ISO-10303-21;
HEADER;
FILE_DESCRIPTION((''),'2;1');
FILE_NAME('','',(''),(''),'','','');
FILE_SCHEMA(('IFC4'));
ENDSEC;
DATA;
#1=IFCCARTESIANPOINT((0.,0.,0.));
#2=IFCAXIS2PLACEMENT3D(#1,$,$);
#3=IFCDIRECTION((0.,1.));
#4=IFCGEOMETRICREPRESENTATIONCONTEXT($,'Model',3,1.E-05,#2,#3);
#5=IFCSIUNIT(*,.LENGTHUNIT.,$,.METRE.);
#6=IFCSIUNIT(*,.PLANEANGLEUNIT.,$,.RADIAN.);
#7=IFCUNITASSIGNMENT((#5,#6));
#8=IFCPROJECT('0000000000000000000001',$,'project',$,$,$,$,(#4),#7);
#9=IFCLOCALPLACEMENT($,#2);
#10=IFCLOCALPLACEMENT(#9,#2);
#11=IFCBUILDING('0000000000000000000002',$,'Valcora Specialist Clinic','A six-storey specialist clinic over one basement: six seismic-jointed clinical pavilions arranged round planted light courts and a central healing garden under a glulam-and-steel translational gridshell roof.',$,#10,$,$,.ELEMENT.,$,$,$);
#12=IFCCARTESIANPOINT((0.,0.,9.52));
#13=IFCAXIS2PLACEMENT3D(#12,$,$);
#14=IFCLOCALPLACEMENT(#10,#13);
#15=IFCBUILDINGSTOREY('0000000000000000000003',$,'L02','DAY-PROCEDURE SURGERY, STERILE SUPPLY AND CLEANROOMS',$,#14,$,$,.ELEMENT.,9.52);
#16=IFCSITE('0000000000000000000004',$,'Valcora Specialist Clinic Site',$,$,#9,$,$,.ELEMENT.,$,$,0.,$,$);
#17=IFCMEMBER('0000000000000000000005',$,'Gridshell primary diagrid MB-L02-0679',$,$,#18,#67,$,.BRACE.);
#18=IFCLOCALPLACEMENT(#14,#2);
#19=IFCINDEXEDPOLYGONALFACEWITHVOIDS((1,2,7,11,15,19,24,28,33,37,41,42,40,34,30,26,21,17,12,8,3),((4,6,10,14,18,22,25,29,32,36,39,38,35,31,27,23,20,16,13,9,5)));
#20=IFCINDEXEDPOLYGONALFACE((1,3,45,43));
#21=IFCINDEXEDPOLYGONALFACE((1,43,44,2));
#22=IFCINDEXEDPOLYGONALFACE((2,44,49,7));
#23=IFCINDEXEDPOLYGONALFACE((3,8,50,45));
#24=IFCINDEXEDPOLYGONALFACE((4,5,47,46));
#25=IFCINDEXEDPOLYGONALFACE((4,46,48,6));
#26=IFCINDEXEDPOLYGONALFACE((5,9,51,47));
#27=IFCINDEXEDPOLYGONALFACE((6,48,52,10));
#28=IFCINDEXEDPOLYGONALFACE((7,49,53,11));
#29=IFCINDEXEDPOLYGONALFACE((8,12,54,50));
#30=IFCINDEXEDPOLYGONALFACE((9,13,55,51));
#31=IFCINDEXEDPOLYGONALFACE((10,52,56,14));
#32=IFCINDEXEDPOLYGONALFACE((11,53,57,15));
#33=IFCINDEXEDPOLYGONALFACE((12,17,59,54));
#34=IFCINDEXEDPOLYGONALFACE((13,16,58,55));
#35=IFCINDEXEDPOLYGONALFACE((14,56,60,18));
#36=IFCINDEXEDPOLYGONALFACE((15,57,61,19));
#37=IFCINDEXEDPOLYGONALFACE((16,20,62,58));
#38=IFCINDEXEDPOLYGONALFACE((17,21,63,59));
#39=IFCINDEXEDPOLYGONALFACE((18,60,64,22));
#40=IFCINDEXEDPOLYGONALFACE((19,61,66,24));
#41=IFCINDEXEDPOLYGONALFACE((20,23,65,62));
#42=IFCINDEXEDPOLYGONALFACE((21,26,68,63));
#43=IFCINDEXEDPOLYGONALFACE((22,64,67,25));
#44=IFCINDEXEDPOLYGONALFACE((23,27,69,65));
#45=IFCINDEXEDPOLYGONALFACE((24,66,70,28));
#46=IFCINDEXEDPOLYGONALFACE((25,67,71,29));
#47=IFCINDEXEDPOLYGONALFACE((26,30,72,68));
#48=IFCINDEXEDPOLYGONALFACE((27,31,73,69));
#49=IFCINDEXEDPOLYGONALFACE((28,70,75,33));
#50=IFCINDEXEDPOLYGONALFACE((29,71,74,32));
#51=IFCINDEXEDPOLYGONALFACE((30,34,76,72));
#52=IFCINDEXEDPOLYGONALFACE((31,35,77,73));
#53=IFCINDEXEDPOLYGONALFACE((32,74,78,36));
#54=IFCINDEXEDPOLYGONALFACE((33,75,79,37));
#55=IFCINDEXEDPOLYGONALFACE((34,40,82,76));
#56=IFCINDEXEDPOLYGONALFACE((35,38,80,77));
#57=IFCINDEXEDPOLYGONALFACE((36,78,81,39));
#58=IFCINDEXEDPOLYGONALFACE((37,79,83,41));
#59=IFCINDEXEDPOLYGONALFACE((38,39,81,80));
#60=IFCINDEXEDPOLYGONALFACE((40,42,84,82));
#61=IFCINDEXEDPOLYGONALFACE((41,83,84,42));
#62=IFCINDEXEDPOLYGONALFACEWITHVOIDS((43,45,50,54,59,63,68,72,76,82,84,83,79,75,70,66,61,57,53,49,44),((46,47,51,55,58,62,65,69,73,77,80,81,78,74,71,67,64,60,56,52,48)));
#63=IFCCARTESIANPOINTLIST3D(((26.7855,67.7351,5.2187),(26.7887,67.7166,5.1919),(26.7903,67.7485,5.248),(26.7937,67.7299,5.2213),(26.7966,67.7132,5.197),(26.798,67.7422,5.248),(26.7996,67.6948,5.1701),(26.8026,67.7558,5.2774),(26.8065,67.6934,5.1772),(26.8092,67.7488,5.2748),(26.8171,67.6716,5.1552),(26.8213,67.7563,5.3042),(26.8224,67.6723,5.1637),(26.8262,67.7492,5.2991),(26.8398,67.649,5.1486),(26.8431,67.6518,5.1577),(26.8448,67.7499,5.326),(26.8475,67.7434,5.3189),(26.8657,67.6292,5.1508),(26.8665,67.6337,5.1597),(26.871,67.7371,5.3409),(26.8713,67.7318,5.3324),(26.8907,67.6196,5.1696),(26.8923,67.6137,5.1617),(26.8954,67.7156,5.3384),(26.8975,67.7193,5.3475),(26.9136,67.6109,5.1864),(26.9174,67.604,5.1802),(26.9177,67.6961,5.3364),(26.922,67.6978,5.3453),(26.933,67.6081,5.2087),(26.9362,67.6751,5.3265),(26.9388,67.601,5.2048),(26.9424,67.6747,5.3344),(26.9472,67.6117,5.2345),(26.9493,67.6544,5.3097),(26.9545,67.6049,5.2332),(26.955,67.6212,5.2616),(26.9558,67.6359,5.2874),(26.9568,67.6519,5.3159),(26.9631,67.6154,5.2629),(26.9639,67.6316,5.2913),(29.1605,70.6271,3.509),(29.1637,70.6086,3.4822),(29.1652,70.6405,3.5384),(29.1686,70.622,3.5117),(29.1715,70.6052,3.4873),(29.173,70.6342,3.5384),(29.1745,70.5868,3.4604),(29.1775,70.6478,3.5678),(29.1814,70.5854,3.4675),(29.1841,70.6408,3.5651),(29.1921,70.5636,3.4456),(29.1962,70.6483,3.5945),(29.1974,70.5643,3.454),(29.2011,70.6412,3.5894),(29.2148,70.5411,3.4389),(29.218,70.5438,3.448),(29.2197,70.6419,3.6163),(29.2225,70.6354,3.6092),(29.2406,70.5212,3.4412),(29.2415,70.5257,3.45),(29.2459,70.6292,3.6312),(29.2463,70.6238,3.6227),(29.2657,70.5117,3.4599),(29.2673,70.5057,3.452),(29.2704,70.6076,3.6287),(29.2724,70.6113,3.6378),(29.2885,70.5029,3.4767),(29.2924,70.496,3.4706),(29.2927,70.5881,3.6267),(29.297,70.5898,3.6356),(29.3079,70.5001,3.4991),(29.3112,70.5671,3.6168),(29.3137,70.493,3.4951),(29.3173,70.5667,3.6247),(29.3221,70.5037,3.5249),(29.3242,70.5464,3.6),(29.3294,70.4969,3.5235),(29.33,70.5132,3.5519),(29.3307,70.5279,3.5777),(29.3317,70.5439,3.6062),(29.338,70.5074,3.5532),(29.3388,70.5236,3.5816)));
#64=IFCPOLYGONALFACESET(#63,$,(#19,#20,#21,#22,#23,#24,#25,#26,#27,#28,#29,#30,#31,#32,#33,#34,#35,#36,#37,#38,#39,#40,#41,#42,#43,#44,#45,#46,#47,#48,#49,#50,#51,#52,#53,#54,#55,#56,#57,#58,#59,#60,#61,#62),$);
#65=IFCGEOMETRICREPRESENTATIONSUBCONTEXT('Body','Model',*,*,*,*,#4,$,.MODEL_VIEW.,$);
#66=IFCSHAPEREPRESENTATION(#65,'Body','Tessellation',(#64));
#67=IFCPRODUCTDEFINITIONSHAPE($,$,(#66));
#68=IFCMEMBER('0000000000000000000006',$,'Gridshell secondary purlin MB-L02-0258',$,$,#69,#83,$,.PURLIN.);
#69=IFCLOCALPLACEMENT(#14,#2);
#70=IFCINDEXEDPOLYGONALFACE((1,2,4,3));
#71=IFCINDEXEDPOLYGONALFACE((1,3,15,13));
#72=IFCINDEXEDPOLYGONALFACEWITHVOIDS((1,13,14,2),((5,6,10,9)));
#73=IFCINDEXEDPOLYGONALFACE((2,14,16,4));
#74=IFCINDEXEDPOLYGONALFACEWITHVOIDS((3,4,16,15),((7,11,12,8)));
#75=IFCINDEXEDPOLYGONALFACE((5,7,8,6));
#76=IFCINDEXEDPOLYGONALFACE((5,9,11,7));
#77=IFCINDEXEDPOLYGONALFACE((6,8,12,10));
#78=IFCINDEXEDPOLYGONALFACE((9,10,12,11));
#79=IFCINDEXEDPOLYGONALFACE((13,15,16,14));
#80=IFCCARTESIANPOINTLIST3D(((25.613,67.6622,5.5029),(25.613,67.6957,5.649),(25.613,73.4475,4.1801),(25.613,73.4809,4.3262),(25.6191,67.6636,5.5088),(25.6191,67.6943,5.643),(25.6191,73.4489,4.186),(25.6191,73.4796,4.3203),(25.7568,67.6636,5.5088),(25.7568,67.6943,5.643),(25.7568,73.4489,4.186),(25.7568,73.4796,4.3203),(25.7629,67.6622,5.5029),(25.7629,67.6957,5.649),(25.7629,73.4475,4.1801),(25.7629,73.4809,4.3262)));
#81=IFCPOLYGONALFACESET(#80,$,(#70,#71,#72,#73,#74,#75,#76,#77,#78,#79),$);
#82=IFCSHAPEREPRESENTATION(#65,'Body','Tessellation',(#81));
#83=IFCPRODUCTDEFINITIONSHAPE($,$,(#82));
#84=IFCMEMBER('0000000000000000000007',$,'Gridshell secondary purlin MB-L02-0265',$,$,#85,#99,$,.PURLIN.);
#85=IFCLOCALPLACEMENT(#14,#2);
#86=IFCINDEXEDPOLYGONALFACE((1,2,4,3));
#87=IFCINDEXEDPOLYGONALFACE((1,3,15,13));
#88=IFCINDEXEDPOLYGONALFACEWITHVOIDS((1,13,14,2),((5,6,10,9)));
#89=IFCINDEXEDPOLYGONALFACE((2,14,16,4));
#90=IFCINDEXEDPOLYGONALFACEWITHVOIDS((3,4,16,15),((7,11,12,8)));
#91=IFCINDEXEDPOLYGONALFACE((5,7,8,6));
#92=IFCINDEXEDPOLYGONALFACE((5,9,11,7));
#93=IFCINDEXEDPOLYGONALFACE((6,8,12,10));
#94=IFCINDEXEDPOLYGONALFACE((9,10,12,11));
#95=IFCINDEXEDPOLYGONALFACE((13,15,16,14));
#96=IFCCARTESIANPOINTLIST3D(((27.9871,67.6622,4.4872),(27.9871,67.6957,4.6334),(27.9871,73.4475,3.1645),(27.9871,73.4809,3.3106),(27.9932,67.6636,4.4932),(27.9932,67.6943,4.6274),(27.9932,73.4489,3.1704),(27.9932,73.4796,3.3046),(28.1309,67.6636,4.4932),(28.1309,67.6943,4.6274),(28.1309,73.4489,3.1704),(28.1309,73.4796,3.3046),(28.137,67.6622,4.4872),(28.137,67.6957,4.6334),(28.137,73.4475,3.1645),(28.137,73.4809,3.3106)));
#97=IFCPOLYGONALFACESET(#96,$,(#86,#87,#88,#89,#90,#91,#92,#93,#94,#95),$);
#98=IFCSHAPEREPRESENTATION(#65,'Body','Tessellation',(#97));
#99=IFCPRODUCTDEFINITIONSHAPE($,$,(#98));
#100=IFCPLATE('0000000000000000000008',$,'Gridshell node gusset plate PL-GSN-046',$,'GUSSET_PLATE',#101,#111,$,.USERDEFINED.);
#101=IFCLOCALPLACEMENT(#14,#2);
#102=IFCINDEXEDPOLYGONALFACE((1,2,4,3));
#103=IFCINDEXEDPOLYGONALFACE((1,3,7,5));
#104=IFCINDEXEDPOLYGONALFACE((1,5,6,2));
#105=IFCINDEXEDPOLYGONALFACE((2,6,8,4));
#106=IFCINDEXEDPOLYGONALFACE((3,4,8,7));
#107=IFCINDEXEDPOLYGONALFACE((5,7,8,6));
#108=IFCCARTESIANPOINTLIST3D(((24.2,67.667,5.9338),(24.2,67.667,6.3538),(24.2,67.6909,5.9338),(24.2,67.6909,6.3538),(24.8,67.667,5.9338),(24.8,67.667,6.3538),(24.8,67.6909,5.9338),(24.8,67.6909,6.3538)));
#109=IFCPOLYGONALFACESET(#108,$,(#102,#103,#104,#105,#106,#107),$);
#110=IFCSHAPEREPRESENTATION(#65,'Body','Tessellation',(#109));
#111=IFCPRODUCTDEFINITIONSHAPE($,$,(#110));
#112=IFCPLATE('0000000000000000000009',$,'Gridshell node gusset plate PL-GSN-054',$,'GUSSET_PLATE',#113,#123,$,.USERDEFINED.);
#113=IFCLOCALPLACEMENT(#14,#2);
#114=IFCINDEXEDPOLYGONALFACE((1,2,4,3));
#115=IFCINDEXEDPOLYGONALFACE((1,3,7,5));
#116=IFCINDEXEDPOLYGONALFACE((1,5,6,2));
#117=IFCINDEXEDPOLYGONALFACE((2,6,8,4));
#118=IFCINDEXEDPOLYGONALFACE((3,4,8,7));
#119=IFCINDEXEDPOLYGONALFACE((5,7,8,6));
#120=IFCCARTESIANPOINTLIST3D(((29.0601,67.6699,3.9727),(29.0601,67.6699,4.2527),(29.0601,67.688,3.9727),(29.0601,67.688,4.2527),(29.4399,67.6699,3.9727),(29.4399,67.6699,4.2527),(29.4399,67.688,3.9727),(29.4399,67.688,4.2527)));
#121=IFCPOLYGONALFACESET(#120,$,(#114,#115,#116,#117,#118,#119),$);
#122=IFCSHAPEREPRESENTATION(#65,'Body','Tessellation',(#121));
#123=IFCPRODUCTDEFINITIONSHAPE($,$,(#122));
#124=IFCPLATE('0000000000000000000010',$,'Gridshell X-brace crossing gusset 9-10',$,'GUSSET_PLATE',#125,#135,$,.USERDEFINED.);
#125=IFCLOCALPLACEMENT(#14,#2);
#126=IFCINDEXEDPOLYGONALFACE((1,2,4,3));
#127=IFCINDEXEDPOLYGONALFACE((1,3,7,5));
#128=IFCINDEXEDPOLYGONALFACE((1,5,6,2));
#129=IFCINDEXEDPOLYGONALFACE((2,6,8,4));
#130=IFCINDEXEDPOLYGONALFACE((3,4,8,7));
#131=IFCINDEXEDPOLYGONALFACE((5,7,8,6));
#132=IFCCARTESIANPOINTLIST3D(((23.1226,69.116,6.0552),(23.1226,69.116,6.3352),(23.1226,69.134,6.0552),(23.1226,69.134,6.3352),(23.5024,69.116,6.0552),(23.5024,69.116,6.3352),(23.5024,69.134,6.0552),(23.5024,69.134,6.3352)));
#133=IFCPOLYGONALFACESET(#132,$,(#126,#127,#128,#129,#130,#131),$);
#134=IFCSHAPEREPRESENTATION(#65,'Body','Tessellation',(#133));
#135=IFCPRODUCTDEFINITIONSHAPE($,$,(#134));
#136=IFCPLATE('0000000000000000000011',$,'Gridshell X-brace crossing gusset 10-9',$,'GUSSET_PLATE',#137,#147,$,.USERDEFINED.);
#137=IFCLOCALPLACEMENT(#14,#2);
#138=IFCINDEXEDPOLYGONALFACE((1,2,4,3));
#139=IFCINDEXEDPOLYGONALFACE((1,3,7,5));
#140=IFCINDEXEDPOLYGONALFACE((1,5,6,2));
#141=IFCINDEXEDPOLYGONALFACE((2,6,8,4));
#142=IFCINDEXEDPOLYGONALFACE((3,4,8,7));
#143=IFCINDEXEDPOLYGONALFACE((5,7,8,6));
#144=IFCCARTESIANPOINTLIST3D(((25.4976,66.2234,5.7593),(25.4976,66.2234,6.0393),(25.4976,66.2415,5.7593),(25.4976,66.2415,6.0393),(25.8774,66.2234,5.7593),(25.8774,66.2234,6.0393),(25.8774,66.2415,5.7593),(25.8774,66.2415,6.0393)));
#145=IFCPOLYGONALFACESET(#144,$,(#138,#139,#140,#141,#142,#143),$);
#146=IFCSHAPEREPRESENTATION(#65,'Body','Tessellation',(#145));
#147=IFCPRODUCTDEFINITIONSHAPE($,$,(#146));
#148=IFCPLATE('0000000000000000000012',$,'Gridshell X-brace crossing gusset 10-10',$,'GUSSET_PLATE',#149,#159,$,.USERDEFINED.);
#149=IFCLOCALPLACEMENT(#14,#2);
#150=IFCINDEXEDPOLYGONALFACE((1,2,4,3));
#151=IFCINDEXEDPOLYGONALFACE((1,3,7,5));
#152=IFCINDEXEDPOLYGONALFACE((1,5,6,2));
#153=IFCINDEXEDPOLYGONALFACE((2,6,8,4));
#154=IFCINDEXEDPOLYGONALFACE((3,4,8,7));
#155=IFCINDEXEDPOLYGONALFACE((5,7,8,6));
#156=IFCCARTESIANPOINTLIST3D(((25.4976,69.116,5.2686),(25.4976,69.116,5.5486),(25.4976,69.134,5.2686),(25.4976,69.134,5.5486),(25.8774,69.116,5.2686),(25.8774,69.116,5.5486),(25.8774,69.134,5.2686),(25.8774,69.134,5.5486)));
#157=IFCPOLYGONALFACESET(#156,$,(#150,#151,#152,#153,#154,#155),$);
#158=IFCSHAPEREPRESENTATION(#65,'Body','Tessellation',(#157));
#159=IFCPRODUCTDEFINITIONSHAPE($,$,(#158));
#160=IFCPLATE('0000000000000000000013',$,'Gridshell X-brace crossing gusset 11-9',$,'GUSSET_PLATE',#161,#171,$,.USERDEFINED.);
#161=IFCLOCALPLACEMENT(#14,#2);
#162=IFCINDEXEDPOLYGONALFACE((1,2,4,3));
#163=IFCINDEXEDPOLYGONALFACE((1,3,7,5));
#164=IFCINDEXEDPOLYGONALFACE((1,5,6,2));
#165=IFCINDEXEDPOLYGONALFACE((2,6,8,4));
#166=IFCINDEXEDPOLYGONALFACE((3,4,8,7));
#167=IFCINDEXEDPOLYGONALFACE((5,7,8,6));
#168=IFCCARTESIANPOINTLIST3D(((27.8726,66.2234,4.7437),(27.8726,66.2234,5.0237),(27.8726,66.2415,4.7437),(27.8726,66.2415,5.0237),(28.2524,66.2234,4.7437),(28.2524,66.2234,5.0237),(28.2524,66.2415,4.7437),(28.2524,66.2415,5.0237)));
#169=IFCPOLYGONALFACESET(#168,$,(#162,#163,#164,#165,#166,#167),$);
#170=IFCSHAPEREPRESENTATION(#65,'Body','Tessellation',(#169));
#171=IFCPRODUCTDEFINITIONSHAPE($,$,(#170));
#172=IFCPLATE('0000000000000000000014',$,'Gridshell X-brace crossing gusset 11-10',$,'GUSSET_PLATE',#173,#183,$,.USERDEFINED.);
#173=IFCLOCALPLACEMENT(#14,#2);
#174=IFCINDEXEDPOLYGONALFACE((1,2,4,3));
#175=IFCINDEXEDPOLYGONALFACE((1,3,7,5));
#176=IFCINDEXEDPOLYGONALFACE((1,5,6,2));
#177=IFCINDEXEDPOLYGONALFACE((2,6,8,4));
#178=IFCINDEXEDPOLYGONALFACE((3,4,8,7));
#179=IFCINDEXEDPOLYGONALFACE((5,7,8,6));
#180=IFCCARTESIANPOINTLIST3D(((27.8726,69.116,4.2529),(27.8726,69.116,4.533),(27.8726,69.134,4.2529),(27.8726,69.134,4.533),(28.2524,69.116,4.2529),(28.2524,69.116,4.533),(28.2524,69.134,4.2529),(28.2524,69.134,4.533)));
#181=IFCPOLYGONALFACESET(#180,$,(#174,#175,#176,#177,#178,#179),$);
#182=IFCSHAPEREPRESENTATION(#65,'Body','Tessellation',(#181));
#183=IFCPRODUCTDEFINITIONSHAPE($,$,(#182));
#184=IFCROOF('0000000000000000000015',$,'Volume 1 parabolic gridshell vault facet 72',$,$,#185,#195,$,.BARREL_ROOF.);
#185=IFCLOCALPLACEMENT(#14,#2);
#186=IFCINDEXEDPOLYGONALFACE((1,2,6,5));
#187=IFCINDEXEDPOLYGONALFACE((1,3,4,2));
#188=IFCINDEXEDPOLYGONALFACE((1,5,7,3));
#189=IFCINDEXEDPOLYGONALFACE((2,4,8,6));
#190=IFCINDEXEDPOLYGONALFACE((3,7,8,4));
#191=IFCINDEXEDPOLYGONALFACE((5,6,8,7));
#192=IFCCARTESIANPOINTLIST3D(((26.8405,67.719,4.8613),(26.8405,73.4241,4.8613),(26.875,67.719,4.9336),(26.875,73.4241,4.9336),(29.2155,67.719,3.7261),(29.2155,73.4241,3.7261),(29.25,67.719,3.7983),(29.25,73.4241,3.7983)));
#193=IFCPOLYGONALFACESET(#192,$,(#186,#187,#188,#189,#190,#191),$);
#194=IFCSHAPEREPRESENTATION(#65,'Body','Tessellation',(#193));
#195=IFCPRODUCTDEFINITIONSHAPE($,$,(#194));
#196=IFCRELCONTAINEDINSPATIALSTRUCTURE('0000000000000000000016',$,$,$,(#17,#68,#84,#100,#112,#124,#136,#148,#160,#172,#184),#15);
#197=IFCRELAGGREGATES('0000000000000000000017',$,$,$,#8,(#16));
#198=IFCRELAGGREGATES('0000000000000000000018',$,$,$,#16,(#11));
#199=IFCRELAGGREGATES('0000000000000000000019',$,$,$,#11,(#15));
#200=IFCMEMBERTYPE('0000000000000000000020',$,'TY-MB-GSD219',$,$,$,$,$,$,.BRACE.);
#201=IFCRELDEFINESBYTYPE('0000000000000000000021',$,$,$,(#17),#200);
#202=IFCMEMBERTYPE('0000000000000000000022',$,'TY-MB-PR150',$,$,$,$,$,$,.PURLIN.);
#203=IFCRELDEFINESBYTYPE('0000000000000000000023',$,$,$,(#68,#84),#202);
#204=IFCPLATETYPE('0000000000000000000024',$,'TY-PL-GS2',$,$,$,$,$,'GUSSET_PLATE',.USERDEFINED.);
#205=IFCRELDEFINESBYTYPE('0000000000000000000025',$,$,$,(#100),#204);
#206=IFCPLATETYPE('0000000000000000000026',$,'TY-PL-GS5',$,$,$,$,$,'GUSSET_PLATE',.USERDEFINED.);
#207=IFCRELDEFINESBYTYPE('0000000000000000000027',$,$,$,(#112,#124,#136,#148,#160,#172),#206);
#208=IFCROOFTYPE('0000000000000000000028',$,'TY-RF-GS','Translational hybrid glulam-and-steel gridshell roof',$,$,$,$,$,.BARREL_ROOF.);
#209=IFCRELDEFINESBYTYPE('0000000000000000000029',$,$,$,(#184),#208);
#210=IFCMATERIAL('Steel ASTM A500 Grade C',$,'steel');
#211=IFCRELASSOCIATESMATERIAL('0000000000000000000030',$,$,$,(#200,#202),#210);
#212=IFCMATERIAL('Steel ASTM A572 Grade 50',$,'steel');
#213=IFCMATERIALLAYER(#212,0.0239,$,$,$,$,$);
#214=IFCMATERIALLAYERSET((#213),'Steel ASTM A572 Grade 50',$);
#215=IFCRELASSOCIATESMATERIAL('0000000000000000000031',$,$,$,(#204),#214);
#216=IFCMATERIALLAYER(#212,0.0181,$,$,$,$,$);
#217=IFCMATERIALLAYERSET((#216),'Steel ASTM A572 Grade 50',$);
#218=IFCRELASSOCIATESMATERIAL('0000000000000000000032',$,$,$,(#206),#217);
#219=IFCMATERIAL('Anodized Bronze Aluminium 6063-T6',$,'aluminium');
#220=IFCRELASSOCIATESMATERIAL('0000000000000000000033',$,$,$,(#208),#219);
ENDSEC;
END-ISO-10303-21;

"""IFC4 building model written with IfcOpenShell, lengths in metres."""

from ifc_helpers import new_model, si_unit, direction, frame, origin, origin_2d, place, context, subcontext, project, spatial, polyline, rectangle, hollow_rectangle, hollow_circle, outline, extrude, material, layer, layer_set, material_profile, profile_set, type_object, element, save


model = new_model("IFC4")

# Units and contexts
model_context = context("Model", 3, precision=1e-05, world=origin(), true_north=direction((0.0, 1.0)))
body_context = subcontext(model_context, "Body", "Model", "MODEL_VIEW")
ifc_project = project(units=[si_unit("LENGTHUNIT", "METRE"), si_unit("PLANEANGLEUNIT", "RADIAN")], contexts=[model_context])

# Site, building, storey
site_placement = place(None, origin())
site = spatial("IfcSite", under=ifc_project, at=site_placement, Name="Valcora Specialist Clinic Site", CompositionType="ELEMENT", RefElevation=0.0)
building_placement = place(site_placement, origin())
building = spatial("IfcBuilding", under=site, at=building_placement, Name="Valcora Specialist Clinic", Description="A six-storey specialist clinic over one basement: six seismic-jointed clinical pavilions arranged round planted light courts and a central healing garden under a glulam-and-steel translational gridshell roof.", CompositionType="ELEMENT")
storey_placement = place(building_placement, frame((0.0, 0.0, 9.52)))
storey = spatial("IfcBuildingStorey", under=building, at=storey_placement, Name="L02", Description="DAY-PROCEDURE SURGERY, STERILE SUPPLY AND CLEANROOMS", CompositionType="ELEMENT", Elevation=9.52)

# Members
ifc_material_1 = material(Name="Steel ASTM A500 Grade C", Category="steel")
ifc_material_profile_1 = material_profile(ifc_material_1, hollow_circle(Radius=0.1096, WallThickness=0.01, at=origin_2d()), Name="ST-CHS-219X10")
ifc_profile_set_1 = profile_set([ifc_material_profile_1], Name="Steel ASTM A500 Grade C")
member_type_1 = type_object("IfcMemberType", Name="TY-MB-GSD219", PredefinedType="BRACE", material=ifc_profile_set_1)
member_1_placement = place(storey_placement, frame((26.875, 67.679, 5.248), z_axis=(0.577247, 0.702926, -0.415549), x_axis=(-0.772811, 0.634636, 0.0)))
element("IfcMember", 1, at=member_1_placement, inside=storey, type_object=member_type_1, Name="Gridshell primary diagrid MB-L02-0679", PredefinedType="BRACE", context=body_context, shape_type="SweptSolid", body=[
    extrude(hollow_circle(Radius=0.1096, WallThickness=0.01, at=origin_2d()), origin(), (0.0, 0.0, 1.0), 4.1143),
])
ifc_material_profile_2 = material_profile(ifc_material_1, hollow_rectangle(XDim=0.1499, YDim=0.1499, WallThickness=0.0061, at=origin_2d()), Name="ST-RHS-150X150X6")
ifc_profile_set_2 = profile_set([ifc_material_profile_2], Name="Steel ASTM A500 Grade C")
member_type_2 = type_object("IfcMemberType", Name="TY-MB-PR150", PredefinedType="PURLIN", material=ifc_profile_set_2)
for number, where, z_axis, x_axis, name in (
    (2, (25.688, 67.679, 5.5759), (0.0, 0.974843, -0.222894), (-1.0, 0.0, 0.0), "Gridshell secondary purlin MB-L02-0258"),
    (3, (28.062, 67.679, 4.5603), (0.0, 0.974843, -0.222894), (-1.0, 0.0, 0.0), "Gridshell secondary purlin MB-L02-0265"),
):
    element("IfcMember", number, at=place(storey_placement, frame(where, z_axis=z_axis, x_axis=x_axis)), inside=storey, type_object=member_type_2, Name=name, PredefinedType="PURLIN", context=body_context, shape_type="SweptSolid", body=[
        extrude(hollow_rectangle(XDim=0.1499, YDim=0.1499, WallThickness=0.0061, at=origin_2d()), origin(), (0.0, 0.0, 1.0), 5.9346),
    ])

# Plates
ifc_material_2 = material(Name="Steel ASTM A572 Grade 50", Category="steel")
ifc_layer_1 = layer(ifc_material_2, 0.0239)
ifc_layer_set_1 = layer_set([ifc_layer_1], Name="Steel ASTM A572 Grade 50")
plate_type_1 = type_object("IfcPlateType", Name="TY-PL-GS2", ElementType="GUSSET_PLATE", PredefinedType="USERDEFINED", material=ifc_layer_set_1)
plate_placement = place(storey_placement, frame((24.5, 67.679, 5.9338), z_axis=(0.0, 0.0, 1.0), x_axis=(1.0, 0.0, 0.0)))
element("IfcPlate", 4, at=plate_placement, inside=storey, type_object=plate_type_1, Name="Gridshell node gusset plate PL-GSN-046", ObjectType="GUSSET_PLATE", PredefinedType="USERDEFINED", context=body_context, shape_type="SweptSolid", body=[
    extrude(rectangle(XDim=0.6001, YDim=0.0239, at=origin_2d()), origin(), (0.0, 0.0, 1.0), 0.4199),
])
ifc_layer_2 = layer(ifc_material_2, 0.0181)
ifc_layer_set_2 = layer_set([ifc_layer_2], Name="Steel ASTM A572 Grade 50")
plate_type_2 = type_object("IfcPlateType", Name="TY-PL-GS5", ElementType="GUSSET_PLATE", PredefinedType="USERDEFINED", material=ifc_layer_set_2)
for number, where, z_axis, x_axis, name in (
    (5, (29.25, 67.679, 3.9727), (0.0, 0.0, 1.0), (1.0, 0.0, 0.0), "Gridshell node gusset plate PL-GSN-054"),
    (6, (23.3125, 69.125, 6.0552), (0.0, 0.0, 1.0), (1.0, 0.0, 0.0), "Gridshell X-brace crossing gusset 9-10"),
    (7, (25.6875, 66.2324, 5.7593), (0.0, 0.0, 1.0), (1.0, 0.0, 0.0), "Gridshell X-brace crossing gusset 10-9"),
    (8, (25.6875, 69.125, 5.2686), (0.0, 0.0, 1.0), (1.0, 0.0, 0.0), "Gridshell X-brace crossing gusset 10-10"),
    (9, (28.0625, 66.2324, 4.7437), (0.0, 0.0, 1.0), (1.0, 0.0, 0.0), "Gridshell X-brace crossing gusset 11-9"),
    (10, (28.0625, 69.125, 4.2529), (0.0, 0.0, 1.0), (1.0, 0.0, 0.0), "Gridshell X-brace crossing gusset 11-10"),
):
    element("IfcPlate", number, at=place(storey_placement, frame(where, z_axis=z_axis, x_axis=x_axis)), inside=storey, type_object=plate_type_2, Name=name, ObjectType="GUSSET_PLATE", PredefinedType="USERDEFINED", context=body_context, shape_type="SweptSolid", body=[
        extrude(rectangle(XDim=0.3799, YDim=0.0181, at=origin_2d()), origin(), (0.0, 0.0, 1.0), 0.28),
    ])

# Roof
ifc_material_3 = material(Name="Anodized Bronze Aluminium 6063-T6", Category="aluminium")
roof_type = type_object("IfcRoofType", Name="TY-RF-GS", Description="Translational hybrid glulam-and-steel gridshell roof", PredefinedType="BARREL_ROOF", material=ifc_material_3)
roof_placement = place(storey_placement, frame((26.875, 67.719, 4.9336), z_axis=(0.431265, 0.0, 0.902225), x_axis=(0.902225, 0.0, -0.431265)))
element("IfcRoof", 11, at=roof_placement, inside=storey, type_object=roof_type, Name="Volume 1 parabolic gridshell vault facet 72", PredefinedType="BARREL_ROOF", context=body_context, shape_type="SweptSolid", body=[
    extrude(outline(polyline([(0.0, 0.0), (2.6324, 0.0), (2.6324, 5.7051), (0.0, 5.7051), (0.0, 0.0)])), origin(), (0.0, 0.0, -1.0), 0.0801),
])

save(model, "model.ifc")
